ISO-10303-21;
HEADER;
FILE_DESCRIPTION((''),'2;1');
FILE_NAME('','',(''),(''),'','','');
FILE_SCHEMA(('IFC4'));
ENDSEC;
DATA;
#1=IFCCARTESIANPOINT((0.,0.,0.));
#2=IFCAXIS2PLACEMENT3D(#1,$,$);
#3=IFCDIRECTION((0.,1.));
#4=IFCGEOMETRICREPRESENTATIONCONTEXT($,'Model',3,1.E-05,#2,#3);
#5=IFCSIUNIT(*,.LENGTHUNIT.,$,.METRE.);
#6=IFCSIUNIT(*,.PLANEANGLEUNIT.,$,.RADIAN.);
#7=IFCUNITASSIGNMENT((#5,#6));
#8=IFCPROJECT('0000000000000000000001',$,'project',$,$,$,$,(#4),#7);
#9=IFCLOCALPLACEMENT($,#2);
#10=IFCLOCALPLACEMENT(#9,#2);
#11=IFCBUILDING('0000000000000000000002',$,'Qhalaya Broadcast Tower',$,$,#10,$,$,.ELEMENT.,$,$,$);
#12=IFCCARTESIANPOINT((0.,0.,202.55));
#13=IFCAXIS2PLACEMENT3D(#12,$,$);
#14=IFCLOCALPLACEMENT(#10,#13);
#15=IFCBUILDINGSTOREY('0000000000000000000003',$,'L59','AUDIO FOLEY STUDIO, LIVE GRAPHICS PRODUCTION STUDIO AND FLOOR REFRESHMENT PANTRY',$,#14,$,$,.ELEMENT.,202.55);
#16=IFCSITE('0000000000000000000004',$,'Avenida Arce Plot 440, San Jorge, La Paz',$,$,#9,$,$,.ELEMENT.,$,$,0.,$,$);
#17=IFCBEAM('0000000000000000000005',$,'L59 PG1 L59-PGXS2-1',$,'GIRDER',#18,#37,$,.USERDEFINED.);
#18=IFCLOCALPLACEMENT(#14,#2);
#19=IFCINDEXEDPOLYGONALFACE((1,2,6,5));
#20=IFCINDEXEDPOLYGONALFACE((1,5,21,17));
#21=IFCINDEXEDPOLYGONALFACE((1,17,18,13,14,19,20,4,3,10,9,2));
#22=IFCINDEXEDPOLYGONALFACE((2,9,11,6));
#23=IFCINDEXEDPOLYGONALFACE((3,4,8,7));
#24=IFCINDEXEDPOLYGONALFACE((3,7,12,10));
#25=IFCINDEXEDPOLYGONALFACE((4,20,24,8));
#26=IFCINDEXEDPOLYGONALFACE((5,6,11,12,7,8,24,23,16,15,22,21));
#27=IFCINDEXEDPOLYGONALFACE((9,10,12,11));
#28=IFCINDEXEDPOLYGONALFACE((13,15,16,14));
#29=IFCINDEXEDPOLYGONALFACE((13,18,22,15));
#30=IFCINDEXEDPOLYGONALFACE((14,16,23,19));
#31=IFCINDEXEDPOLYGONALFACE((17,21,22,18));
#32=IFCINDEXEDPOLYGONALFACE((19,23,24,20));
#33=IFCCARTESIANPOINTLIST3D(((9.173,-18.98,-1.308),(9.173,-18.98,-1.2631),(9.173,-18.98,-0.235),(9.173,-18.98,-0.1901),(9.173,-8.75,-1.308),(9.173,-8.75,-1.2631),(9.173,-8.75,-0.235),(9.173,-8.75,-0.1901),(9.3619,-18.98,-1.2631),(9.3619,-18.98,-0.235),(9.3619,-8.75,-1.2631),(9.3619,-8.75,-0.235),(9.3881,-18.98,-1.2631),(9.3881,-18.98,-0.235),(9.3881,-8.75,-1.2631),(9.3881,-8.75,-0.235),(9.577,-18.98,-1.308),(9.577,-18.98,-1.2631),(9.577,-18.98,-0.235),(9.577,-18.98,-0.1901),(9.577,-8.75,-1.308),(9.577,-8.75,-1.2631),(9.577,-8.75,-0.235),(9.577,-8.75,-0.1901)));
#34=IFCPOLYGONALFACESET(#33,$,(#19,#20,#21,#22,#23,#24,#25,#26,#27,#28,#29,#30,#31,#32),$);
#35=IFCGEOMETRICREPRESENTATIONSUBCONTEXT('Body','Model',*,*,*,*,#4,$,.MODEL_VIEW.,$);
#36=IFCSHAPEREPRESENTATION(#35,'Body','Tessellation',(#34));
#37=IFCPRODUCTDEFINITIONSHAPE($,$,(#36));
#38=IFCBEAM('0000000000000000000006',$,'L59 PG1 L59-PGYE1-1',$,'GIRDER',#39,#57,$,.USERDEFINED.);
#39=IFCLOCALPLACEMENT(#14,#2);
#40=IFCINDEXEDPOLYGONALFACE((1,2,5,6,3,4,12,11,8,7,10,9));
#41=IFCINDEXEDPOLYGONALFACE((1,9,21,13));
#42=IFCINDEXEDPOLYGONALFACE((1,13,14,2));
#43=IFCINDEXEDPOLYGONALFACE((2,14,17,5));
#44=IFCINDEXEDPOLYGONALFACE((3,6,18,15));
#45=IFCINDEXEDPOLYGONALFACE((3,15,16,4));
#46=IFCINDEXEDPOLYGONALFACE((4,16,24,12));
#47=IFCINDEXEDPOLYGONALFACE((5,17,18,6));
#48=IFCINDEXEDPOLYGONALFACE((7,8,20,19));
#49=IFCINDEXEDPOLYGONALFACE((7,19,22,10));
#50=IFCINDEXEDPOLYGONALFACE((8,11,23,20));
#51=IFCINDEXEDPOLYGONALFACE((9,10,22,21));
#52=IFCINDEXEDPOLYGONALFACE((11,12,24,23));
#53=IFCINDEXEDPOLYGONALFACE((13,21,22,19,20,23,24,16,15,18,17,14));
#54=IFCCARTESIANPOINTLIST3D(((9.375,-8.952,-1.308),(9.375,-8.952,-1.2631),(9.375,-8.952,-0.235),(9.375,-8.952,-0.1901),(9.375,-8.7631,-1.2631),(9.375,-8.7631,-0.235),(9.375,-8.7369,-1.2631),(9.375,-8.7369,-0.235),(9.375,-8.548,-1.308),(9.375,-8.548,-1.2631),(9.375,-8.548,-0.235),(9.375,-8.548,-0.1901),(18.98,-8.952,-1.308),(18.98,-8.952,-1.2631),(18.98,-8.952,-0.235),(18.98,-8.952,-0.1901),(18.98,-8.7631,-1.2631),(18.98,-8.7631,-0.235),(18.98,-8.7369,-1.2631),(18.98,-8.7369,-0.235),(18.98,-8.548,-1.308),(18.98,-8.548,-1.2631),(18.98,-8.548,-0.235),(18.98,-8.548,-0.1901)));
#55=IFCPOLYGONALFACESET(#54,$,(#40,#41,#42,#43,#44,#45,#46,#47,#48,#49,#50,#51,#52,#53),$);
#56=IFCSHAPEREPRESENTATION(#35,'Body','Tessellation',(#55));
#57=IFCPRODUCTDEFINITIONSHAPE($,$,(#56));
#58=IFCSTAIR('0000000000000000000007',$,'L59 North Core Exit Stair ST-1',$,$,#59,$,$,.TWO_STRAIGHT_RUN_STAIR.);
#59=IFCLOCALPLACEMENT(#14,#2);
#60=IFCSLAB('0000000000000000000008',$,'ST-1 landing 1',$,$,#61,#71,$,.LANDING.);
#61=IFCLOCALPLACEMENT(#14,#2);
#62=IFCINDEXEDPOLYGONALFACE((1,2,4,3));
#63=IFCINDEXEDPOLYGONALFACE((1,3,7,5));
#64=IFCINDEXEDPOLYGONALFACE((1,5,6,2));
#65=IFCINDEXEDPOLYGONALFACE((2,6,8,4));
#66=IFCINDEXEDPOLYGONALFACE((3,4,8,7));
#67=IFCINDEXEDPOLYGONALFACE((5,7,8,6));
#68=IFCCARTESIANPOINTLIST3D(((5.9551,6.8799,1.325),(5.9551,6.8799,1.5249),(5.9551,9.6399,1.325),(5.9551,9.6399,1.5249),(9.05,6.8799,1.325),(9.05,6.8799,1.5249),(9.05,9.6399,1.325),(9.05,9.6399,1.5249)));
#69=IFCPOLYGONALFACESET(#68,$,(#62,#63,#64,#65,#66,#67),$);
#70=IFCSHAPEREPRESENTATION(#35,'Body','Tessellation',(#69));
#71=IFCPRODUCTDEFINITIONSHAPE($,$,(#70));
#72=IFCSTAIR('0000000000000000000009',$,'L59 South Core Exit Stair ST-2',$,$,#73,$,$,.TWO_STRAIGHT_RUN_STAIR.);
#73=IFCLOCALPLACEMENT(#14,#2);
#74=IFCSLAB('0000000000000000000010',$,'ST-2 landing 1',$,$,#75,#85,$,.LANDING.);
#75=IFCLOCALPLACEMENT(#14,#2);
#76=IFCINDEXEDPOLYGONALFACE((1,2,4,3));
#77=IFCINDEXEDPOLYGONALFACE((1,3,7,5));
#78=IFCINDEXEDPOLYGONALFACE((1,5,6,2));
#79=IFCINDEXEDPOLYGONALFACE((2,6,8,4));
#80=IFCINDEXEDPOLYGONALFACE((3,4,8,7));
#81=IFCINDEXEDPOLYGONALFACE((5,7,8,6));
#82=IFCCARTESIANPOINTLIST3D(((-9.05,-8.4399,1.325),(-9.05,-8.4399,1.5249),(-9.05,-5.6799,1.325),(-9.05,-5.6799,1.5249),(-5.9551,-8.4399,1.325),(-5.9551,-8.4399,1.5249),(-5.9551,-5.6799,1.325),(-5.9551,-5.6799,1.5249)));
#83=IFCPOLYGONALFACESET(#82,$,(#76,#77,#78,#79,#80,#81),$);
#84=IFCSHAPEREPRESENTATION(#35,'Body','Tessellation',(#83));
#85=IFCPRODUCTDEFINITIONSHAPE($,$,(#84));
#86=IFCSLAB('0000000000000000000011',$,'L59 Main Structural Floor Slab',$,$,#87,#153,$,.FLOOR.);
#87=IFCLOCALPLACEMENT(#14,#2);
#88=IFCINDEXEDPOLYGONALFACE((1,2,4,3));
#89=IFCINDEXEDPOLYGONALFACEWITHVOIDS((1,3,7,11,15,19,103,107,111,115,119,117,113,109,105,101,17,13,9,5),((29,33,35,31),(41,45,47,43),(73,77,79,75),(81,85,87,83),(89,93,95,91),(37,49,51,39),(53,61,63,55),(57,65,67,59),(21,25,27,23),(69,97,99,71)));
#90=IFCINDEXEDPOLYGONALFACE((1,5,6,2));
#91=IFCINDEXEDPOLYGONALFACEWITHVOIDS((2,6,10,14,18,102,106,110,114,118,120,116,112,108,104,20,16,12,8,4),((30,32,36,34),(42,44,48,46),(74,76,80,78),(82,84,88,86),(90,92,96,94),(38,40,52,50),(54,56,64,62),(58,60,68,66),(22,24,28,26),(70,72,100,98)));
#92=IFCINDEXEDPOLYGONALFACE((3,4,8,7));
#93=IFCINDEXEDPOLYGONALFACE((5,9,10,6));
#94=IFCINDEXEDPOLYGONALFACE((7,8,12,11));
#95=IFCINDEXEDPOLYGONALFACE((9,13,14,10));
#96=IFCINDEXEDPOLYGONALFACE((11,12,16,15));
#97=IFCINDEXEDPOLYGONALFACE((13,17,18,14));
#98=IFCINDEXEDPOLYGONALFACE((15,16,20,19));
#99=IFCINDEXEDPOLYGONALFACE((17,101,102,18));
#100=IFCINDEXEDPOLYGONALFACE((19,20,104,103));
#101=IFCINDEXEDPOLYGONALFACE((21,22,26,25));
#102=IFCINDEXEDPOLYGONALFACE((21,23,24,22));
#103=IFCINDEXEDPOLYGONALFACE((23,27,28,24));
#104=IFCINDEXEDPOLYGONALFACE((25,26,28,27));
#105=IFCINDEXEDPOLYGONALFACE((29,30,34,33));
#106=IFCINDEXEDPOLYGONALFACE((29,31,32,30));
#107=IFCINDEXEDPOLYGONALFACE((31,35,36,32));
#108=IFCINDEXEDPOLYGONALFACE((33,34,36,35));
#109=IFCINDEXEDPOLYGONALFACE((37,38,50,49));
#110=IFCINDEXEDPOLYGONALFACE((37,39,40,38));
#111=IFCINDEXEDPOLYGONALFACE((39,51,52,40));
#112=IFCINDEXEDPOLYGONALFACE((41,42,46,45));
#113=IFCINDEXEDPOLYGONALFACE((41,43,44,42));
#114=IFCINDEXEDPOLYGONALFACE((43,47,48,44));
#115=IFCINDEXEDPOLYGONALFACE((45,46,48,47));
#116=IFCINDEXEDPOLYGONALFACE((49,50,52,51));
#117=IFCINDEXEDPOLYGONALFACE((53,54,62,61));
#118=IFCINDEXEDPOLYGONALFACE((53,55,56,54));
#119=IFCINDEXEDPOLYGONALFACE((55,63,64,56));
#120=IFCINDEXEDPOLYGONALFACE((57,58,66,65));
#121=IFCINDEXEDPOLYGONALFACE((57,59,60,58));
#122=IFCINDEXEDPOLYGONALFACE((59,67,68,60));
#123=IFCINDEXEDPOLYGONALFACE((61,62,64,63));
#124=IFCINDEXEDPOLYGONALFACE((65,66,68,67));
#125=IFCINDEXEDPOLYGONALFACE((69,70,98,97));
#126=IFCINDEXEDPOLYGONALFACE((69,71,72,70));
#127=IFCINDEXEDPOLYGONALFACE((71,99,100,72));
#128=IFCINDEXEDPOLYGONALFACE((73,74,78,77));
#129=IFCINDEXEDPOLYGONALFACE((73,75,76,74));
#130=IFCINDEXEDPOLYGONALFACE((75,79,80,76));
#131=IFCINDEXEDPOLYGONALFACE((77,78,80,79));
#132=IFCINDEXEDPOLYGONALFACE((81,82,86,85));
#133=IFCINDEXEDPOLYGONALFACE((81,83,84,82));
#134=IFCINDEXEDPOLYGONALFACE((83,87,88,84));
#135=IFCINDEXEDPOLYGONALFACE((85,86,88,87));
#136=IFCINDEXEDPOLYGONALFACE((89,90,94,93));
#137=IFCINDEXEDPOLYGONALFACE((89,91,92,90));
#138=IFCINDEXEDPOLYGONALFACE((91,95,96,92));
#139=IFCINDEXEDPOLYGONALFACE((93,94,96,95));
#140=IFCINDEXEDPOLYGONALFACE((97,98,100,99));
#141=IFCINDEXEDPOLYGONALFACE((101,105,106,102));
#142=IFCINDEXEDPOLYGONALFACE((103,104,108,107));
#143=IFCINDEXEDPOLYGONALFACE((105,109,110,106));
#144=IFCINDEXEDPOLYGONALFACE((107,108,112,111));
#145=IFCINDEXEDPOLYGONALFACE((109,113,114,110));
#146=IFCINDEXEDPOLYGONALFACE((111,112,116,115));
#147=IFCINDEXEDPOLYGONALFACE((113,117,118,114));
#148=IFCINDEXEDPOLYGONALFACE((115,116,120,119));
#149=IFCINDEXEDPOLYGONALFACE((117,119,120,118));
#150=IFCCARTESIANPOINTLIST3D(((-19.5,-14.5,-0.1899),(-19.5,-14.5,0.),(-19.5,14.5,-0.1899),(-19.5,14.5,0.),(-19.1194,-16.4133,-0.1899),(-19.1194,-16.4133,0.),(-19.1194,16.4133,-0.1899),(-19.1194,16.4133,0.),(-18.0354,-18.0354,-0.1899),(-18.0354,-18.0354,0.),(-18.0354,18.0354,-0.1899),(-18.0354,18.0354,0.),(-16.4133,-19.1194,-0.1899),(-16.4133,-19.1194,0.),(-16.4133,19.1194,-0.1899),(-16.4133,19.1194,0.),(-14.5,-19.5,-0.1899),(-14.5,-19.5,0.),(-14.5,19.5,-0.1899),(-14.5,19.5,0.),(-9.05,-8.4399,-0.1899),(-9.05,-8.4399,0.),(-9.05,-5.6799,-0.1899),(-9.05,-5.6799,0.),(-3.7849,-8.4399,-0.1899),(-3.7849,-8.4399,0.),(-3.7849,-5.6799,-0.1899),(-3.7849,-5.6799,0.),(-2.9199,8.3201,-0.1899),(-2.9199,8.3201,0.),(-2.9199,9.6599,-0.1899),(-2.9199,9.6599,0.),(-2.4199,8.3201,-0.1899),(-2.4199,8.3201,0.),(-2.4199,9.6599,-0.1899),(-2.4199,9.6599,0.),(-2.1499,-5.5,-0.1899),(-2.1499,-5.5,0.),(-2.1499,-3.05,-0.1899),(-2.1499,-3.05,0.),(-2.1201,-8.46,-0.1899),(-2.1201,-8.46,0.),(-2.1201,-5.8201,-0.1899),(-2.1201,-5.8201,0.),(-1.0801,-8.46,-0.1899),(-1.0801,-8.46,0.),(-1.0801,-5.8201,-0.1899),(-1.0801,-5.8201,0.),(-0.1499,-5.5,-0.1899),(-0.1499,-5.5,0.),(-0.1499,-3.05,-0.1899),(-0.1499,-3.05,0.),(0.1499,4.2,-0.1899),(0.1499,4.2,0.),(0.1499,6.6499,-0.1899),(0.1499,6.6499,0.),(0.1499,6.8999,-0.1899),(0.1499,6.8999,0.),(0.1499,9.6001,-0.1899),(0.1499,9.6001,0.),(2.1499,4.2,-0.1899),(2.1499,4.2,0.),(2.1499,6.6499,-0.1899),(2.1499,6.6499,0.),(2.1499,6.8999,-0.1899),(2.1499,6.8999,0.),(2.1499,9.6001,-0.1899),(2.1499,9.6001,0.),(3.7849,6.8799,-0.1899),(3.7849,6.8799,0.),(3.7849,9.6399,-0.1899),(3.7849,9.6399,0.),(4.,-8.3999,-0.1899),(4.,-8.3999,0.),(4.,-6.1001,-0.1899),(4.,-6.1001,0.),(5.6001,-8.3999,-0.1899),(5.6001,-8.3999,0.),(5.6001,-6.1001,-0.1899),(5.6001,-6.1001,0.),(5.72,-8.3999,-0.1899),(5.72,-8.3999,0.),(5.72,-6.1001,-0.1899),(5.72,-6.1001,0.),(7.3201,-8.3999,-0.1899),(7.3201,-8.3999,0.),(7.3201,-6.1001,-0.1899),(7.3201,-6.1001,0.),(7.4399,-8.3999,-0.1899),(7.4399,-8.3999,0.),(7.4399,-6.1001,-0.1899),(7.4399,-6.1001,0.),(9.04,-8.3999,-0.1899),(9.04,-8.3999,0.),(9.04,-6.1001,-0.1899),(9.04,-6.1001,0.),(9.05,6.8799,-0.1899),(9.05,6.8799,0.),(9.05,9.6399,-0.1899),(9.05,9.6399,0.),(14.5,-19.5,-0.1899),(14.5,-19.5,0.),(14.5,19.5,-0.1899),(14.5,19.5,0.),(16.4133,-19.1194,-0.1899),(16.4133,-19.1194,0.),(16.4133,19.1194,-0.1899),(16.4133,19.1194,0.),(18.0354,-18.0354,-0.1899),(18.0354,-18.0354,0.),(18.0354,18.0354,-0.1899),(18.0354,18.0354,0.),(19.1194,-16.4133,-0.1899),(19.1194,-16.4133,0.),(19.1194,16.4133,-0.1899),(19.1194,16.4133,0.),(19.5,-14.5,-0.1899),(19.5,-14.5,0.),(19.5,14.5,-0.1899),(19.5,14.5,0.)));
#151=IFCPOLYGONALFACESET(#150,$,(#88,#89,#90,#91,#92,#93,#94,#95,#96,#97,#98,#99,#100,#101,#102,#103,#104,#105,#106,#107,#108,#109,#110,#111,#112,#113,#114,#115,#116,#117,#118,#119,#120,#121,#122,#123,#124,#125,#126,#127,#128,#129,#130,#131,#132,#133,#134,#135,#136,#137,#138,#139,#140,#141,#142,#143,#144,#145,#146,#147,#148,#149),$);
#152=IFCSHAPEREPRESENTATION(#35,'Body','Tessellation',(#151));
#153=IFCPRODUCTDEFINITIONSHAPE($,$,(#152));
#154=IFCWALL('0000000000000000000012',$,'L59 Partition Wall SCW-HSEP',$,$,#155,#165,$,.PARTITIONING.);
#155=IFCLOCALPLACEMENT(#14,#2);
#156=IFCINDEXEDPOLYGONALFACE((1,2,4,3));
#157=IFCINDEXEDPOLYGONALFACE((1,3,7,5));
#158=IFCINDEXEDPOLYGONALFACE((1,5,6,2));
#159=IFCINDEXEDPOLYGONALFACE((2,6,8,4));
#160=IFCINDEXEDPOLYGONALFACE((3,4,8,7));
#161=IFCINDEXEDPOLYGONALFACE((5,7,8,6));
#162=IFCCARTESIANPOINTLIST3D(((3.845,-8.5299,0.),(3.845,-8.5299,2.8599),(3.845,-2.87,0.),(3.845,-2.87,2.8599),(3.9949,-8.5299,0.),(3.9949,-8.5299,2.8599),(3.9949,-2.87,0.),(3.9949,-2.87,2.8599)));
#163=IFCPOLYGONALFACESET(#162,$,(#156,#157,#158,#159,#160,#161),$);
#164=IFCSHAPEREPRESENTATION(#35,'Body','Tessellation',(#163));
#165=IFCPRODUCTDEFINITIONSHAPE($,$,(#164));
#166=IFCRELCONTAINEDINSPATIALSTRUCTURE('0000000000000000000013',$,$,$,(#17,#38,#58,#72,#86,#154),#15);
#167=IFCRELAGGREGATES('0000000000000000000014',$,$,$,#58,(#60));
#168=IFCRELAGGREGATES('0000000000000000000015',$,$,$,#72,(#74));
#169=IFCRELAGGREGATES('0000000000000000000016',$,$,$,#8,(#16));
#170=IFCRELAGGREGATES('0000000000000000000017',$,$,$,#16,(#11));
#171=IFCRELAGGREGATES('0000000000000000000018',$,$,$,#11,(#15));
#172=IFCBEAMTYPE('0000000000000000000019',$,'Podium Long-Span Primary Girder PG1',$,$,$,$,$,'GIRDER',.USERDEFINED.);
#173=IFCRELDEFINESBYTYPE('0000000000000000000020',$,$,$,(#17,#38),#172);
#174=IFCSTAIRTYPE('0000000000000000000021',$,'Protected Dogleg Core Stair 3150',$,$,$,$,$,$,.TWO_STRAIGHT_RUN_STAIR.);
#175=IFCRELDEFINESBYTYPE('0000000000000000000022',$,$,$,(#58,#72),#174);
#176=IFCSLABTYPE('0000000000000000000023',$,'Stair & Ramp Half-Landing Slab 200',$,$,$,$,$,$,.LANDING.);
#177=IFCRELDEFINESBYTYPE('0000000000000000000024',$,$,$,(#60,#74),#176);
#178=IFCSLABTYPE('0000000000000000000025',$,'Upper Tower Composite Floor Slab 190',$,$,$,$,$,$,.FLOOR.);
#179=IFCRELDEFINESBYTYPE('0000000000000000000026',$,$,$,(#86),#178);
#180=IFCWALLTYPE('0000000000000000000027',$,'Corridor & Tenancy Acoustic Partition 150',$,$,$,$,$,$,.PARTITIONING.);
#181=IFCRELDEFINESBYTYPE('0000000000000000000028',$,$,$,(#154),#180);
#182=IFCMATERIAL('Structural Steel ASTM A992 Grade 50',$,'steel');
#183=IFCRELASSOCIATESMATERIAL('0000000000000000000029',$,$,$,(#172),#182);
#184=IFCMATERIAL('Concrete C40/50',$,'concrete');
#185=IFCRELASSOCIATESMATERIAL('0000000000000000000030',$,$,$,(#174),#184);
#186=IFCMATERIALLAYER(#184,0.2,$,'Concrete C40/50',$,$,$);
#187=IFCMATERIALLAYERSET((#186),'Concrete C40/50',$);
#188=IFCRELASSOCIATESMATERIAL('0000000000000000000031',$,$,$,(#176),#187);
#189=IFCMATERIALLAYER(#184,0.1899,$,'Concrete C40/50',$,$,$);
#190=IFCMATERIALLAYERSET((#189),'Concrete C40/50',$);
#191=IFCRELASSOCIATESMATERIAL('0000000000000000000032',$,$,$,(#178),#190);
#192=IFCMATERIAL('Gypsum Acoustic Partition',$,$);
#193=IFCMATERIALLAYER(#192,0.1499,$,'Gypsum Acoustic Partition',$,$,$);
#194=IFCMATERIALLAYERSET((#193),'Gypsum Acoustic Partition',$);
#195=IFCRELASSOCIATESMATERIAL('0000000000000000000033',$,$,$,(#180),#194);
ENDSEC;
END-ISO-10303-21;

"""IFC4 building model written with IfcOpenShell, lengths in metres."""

from ifc_helpers import new_model, si_unit, direction, frame, frame_2d, origin, origin_2d, place, context, subcontext, project, spatial, polyline, rectangle, i_section, outline, extrude, material, layer, layer_set, material_profile, profile_set, type_object, element, aggregate, save


model = new_model("IFC4")

# Units and contexts
model_context = context("Model", 3, precision=1e-05, world=origin(), true_north=direction((0.0, 1.0)))
body_context = subcontext(model_context, "Body", "Model", "MODEL_VIEW")
ifc_project = project(units=[si_unit("LENGTHUNIT", "METRE"), si_unit("PLANEANGLEUNIT", "RADIAN")], contexts=[model_context])

# Site, building, storey
site_placement = place(None, origin())
site = spatial("IfcSite", under=ifc_project, at=site_placement, Name="Avenida Arce Plot 440, San Jorge, La Paz", CompositionType="ELEMENT", RefElevation=0.0)
building_placement = place(site_placement, origin())
building = spatial("IfcBuilding", under=site, at=building_placement, Name="Qhalaya Broadcast Tower", CompositionType="ELEMENT")
storey_placement = place(building_placement, frame((0.0, 0.0, 202.55)))
storey = spatial("IfcBuildingStorey", under=building, at=storey_placement, Name="L59", Description="AUDIO FOLEY STUDIO, LIVE GRAPHICS PRODUCTION STUDIO AND FLOOR REFRESHMENT PANTRY", CompositionType="ELEMENT", Elevation=202.55)

# Beams
ifc_material_1 = material(Name="Structural Steel ASTM A992 Grade 50", Category="steel")
ifc_material_profile_1 = material_profile(ifc_material_1, i_section(OverallWidth=0.4041, OverallDepth=1.1179, WebThickness=0.0261, FlangeThickness=0.0449, at=origin_2d()), Name="W44X335")
ifc_profile_set_1 = profile_set([ifc_material_profile_1], Name="Structural Steel ASTM A992 Grade 50")
beam_type_1 = type_object("IfcBeamType", Name="Podium Long-Span Primary Girder PG1", ElementType="GIRDER", PredefinedType="USERDEFINED", material=ifc_profile_set_1)
beam_1_placement = place(storey_placement, frame((9.375, -18.98, -0.749), z_axis=(0.0, 1.0, 0.0), x_axis=(-1.0, 0.0, 0.0)))
element("IfcBeam", 1, at=beam_1_placement, inside=storey, type_object=beam_type_1, Name="L59 PG1 L59-PGXS2-1", ObjectType="GIRDER", PredefinedType="USERDEFINED", context=body_context, shape_type="SweptSolid", body=[
    extrude(i_section(OverallWidth=0.4041, OverallDepth=1.1179, WebThickness=0.0261, FlangeThickness=0.0449, at=origin_2d()), origin(), (0.0, 0.0, 1.0), 10.23),
])
beam_2_placement = place(storey_placement, frame((9.375, -8.75, -0.749), z_axis=(1.0, 0.0, 0.0), x_axis=(0.0, 1.0, 0.0)))
element("IfcBeam", 2, at=beam_2_placement, inside=storey, type_object=beam_type_1, Name="L59 PG1 L59-PGYE1-1", ObjectType="GIRDER", PredefinedType="USERDEFINED", context=body_context, shape_type="SweptSolid", body=[
    extrude(i_section(OverallWidth=0.4041, OverallDepth=1.1179, WebThickness=0.0261, FlangeThickness=0.0449, at=origin_2d()), origin(), (0.0, 0.0, 1.0), 9.605),
])

# Stairs, slabs
ifc_material_2 = material(Name="Concrete C40/50", Category="concrete")
stair_type = type_object("IfcStairType", Name="Protected Dogleg Core Stair 3150", PredefinedType="TWO_STRAIGHT_RUN_STAIR", material=ifc_material_2)
stair_1_placement = place(storey_placement, origin())
stair_1 = element("IfcStair", 3, at=stair_1_placement, inside=storey, type_object=stair_type, Name="L59 North Core Exit Stair ST-1", PredefinedType="TWO_STRAIGHT_RUN_STAIR")
ifc_layer_1 = layer(ifc_material_2, 0.2, Name="Concrete C40/50")
ifc_layer_set_1 = layer_set([ifc_layer_1], Name="Concrete C40/50")
slab_type_1 = type_object("IfcSlabType", Name="Stair & Ramp Half-Landing Slab 200", PredefinedType="LANDING", material=ifc_layer_set_1)
slab_1_placement = place(storey_placement, frame((0.0, 0.0, 1.325)))
slab_1 = element("IfcSlab", 4, at=slab_1_placement, type_object=slab_type_1, Name="ST-1 landing 1", PredefinedType="LANDING", context=body_context, shape_type="SweptSolid", body=[
    extrude(outline(polyline([(5.9551, 6.8799), (9.05, 6.8799), (9.05, 9.6399), (5.9551, 9.6399), (5.9551, 6.8799)])), origin(), (0.0, 0.0, 1.0), 0.2),
])
aggregate(stair_1, [slab_1])
stair_2_placement = place(storey_placement, origin())
stair_2 = element("IfcStair", 5, at=stair_2_placement, inside=storey, type_object=stair_type, Name="L59 South Core Exit Stair ST-2", PredefinedType="TWO_STRAIGHT_RUN_STAIR")
slab_2_placement = place(storey_placement, frame((0.0, 0.0, 1.325)))
slab_2 = element("IfcSlab", 6, at=slab_2_placement, type_object=slab_type_1, Name="ST-2 landing 1", PredefinedType="LANDING", context=body_context, shape_type="SweptSolid", body=[
    extrude(outline(polyline([(-5.9551, -5.6799), (-9.05, -5.6799), (-9.05, -8.4399), (-5.9551, -8.4399), (-5.9551, -5.6799)])), origin(), (0.0, 0.0, 1.0), 0.2),
])
aggregate(stair_2, [slab_2])

# Slab
ifc_layer_2 = layer(ifc_material_2, 0.1899, Name="Concrete C40/50")
ifc_layer_set_2 = layer_set([ifc_layer_2], Name="Concrete C40/50")
slab_type_2 = type_object("IfcSlabType", Name="Upper Tower Composite Floor Slab 190", PredefinedType="FLOOR", material=ifc_layer_set_2)
slab_3_placement = place(storey_placement, frame((0.0, 0.0, -0.1899)))
element("IfcSlab", 7, at=slab_3_placement, inside=storey, type_object=slab_type_2, Name="L59 Main Structural Floor Slab", PredefinedType="FLOOR", context=body_context, shape_type="SweptSolid", body=[
    extrude(outline(polyline([(14.5, -19.5), (16.4133, -19.1194), (18.0354, -18.0354), (19.1194, -16.4133), (19.5, -14.5), (19.5, 14.5), (19.1194, 16.4133), (18.0354, 18.0354), (16.4133, 19.1194), (14.5, 19.5), (-14.5, 19.5), (-16.4133, 19.1194), (-18.0354, 18.0354), (-19.1194, 16.4133), (-19.5, 14.5), (-19.5, -14.5), (-19.1194, -16.4133), (-18.0354, -18.0354), (-16.4133, -19.1194), (-14.5, -19.5), (14.5, -19.5)]), holes=[polyline([(3.7849, 9.6399), (9.05, 9.6399), (9.05, 6.8799), (3.7849, 6.8799), (3.7849, 9.6399)]), polyline([(-3.7849, -8.4399), (-9.05, -8.4399), (-9.05, -5.6799), (-3.7849, -5.6799), (-3.7849, -8.4399)]), polyline([(0.1499, 6.6499), (2.1499, 6.6499), (2.1499, 4.2), (0.1499, 4.2), (0.1499, 6.6499)]), polyline([(0.1499, 9.6001), (2.1499, 9.6001), (2.1499, 6.8999), (0.1499, 6.8999), (0.1499, 9.6001)]), polyline([(-2.1499, -3.05), (-0.1499, -3.05), (-0.1499, -5.5), (-2.1499, -5.5), (-2.1499, -3.05)]), polyline([(4.0, -6.1001), (5.6001, -6.1001), (5.6001, -8.3999), (4.0, -8.3999), (4.0, -6.1001)]), polyline([(5.72, -6.1001), (7.3201, -6.1001), (7.3201, -8.3999), (5.72, -8.3999), (5.72, -6.1001)]), polyline([(7.4399, -6.1001), (9.04, -6.1001), (9.04, -8.3999), (7.4399, -8.3999), (7.4399, -6.1001)]), polyline([(-2.9199, 9.6599), (-2.4199, 9.6599), (-2.4199, 8.3201), (-2.9199, 8.3201), (-2.9199, 9.6599)]), polyline([(-2.1201, -5.8201), (-1.0801, -5.8201), (-1.0801, -8.46), (-2.1201, -8.46), (-2.1201, -5.8201)])]), origin(), (0.0, 0.0, 1.0), 0.1899),
])

# Wall
ifc_material_3 = material(Name="Gypsum Acoustic Partition")
ifc_layer_3 = layer(ifc_material_3, 0.1499, Name="Gypsum Acoustic Partition")
ifc_layer_set_3 = layer_set([ifc_layer_3], Name="Gypsum Acoustic Partition")
wall_type_1 = type_object("IfcWallType", Name="Corridor & Tenancy Acoustic Partition 150", PredefinedType="PARTITIONING", material=ifc_layer_set_3)
wall_1_placement = place(storey_placement, frame((3.9199, -8.53, 0.0), z_axis=(0.0, 0.0, 1.0), x_axis=(0.0, 1.0, 0.0)))
element("IfcWall", 8, at=wall_1_placement, inside=storey, type_object=wall_type_1, Name="L59 Partition Wall SCW-HSEP", PredefinedType="PARTITIONING", context=body_context, shape_type="SweptSolid", body=[
    extrude(rectangle(XDim=5.6599, YDim=0.1499, at=frame_2d((2.8301, 0.0))), origin(), (0.0, 0.0, 1.0), 2.8599),
])

save(model, "model.ifc")
